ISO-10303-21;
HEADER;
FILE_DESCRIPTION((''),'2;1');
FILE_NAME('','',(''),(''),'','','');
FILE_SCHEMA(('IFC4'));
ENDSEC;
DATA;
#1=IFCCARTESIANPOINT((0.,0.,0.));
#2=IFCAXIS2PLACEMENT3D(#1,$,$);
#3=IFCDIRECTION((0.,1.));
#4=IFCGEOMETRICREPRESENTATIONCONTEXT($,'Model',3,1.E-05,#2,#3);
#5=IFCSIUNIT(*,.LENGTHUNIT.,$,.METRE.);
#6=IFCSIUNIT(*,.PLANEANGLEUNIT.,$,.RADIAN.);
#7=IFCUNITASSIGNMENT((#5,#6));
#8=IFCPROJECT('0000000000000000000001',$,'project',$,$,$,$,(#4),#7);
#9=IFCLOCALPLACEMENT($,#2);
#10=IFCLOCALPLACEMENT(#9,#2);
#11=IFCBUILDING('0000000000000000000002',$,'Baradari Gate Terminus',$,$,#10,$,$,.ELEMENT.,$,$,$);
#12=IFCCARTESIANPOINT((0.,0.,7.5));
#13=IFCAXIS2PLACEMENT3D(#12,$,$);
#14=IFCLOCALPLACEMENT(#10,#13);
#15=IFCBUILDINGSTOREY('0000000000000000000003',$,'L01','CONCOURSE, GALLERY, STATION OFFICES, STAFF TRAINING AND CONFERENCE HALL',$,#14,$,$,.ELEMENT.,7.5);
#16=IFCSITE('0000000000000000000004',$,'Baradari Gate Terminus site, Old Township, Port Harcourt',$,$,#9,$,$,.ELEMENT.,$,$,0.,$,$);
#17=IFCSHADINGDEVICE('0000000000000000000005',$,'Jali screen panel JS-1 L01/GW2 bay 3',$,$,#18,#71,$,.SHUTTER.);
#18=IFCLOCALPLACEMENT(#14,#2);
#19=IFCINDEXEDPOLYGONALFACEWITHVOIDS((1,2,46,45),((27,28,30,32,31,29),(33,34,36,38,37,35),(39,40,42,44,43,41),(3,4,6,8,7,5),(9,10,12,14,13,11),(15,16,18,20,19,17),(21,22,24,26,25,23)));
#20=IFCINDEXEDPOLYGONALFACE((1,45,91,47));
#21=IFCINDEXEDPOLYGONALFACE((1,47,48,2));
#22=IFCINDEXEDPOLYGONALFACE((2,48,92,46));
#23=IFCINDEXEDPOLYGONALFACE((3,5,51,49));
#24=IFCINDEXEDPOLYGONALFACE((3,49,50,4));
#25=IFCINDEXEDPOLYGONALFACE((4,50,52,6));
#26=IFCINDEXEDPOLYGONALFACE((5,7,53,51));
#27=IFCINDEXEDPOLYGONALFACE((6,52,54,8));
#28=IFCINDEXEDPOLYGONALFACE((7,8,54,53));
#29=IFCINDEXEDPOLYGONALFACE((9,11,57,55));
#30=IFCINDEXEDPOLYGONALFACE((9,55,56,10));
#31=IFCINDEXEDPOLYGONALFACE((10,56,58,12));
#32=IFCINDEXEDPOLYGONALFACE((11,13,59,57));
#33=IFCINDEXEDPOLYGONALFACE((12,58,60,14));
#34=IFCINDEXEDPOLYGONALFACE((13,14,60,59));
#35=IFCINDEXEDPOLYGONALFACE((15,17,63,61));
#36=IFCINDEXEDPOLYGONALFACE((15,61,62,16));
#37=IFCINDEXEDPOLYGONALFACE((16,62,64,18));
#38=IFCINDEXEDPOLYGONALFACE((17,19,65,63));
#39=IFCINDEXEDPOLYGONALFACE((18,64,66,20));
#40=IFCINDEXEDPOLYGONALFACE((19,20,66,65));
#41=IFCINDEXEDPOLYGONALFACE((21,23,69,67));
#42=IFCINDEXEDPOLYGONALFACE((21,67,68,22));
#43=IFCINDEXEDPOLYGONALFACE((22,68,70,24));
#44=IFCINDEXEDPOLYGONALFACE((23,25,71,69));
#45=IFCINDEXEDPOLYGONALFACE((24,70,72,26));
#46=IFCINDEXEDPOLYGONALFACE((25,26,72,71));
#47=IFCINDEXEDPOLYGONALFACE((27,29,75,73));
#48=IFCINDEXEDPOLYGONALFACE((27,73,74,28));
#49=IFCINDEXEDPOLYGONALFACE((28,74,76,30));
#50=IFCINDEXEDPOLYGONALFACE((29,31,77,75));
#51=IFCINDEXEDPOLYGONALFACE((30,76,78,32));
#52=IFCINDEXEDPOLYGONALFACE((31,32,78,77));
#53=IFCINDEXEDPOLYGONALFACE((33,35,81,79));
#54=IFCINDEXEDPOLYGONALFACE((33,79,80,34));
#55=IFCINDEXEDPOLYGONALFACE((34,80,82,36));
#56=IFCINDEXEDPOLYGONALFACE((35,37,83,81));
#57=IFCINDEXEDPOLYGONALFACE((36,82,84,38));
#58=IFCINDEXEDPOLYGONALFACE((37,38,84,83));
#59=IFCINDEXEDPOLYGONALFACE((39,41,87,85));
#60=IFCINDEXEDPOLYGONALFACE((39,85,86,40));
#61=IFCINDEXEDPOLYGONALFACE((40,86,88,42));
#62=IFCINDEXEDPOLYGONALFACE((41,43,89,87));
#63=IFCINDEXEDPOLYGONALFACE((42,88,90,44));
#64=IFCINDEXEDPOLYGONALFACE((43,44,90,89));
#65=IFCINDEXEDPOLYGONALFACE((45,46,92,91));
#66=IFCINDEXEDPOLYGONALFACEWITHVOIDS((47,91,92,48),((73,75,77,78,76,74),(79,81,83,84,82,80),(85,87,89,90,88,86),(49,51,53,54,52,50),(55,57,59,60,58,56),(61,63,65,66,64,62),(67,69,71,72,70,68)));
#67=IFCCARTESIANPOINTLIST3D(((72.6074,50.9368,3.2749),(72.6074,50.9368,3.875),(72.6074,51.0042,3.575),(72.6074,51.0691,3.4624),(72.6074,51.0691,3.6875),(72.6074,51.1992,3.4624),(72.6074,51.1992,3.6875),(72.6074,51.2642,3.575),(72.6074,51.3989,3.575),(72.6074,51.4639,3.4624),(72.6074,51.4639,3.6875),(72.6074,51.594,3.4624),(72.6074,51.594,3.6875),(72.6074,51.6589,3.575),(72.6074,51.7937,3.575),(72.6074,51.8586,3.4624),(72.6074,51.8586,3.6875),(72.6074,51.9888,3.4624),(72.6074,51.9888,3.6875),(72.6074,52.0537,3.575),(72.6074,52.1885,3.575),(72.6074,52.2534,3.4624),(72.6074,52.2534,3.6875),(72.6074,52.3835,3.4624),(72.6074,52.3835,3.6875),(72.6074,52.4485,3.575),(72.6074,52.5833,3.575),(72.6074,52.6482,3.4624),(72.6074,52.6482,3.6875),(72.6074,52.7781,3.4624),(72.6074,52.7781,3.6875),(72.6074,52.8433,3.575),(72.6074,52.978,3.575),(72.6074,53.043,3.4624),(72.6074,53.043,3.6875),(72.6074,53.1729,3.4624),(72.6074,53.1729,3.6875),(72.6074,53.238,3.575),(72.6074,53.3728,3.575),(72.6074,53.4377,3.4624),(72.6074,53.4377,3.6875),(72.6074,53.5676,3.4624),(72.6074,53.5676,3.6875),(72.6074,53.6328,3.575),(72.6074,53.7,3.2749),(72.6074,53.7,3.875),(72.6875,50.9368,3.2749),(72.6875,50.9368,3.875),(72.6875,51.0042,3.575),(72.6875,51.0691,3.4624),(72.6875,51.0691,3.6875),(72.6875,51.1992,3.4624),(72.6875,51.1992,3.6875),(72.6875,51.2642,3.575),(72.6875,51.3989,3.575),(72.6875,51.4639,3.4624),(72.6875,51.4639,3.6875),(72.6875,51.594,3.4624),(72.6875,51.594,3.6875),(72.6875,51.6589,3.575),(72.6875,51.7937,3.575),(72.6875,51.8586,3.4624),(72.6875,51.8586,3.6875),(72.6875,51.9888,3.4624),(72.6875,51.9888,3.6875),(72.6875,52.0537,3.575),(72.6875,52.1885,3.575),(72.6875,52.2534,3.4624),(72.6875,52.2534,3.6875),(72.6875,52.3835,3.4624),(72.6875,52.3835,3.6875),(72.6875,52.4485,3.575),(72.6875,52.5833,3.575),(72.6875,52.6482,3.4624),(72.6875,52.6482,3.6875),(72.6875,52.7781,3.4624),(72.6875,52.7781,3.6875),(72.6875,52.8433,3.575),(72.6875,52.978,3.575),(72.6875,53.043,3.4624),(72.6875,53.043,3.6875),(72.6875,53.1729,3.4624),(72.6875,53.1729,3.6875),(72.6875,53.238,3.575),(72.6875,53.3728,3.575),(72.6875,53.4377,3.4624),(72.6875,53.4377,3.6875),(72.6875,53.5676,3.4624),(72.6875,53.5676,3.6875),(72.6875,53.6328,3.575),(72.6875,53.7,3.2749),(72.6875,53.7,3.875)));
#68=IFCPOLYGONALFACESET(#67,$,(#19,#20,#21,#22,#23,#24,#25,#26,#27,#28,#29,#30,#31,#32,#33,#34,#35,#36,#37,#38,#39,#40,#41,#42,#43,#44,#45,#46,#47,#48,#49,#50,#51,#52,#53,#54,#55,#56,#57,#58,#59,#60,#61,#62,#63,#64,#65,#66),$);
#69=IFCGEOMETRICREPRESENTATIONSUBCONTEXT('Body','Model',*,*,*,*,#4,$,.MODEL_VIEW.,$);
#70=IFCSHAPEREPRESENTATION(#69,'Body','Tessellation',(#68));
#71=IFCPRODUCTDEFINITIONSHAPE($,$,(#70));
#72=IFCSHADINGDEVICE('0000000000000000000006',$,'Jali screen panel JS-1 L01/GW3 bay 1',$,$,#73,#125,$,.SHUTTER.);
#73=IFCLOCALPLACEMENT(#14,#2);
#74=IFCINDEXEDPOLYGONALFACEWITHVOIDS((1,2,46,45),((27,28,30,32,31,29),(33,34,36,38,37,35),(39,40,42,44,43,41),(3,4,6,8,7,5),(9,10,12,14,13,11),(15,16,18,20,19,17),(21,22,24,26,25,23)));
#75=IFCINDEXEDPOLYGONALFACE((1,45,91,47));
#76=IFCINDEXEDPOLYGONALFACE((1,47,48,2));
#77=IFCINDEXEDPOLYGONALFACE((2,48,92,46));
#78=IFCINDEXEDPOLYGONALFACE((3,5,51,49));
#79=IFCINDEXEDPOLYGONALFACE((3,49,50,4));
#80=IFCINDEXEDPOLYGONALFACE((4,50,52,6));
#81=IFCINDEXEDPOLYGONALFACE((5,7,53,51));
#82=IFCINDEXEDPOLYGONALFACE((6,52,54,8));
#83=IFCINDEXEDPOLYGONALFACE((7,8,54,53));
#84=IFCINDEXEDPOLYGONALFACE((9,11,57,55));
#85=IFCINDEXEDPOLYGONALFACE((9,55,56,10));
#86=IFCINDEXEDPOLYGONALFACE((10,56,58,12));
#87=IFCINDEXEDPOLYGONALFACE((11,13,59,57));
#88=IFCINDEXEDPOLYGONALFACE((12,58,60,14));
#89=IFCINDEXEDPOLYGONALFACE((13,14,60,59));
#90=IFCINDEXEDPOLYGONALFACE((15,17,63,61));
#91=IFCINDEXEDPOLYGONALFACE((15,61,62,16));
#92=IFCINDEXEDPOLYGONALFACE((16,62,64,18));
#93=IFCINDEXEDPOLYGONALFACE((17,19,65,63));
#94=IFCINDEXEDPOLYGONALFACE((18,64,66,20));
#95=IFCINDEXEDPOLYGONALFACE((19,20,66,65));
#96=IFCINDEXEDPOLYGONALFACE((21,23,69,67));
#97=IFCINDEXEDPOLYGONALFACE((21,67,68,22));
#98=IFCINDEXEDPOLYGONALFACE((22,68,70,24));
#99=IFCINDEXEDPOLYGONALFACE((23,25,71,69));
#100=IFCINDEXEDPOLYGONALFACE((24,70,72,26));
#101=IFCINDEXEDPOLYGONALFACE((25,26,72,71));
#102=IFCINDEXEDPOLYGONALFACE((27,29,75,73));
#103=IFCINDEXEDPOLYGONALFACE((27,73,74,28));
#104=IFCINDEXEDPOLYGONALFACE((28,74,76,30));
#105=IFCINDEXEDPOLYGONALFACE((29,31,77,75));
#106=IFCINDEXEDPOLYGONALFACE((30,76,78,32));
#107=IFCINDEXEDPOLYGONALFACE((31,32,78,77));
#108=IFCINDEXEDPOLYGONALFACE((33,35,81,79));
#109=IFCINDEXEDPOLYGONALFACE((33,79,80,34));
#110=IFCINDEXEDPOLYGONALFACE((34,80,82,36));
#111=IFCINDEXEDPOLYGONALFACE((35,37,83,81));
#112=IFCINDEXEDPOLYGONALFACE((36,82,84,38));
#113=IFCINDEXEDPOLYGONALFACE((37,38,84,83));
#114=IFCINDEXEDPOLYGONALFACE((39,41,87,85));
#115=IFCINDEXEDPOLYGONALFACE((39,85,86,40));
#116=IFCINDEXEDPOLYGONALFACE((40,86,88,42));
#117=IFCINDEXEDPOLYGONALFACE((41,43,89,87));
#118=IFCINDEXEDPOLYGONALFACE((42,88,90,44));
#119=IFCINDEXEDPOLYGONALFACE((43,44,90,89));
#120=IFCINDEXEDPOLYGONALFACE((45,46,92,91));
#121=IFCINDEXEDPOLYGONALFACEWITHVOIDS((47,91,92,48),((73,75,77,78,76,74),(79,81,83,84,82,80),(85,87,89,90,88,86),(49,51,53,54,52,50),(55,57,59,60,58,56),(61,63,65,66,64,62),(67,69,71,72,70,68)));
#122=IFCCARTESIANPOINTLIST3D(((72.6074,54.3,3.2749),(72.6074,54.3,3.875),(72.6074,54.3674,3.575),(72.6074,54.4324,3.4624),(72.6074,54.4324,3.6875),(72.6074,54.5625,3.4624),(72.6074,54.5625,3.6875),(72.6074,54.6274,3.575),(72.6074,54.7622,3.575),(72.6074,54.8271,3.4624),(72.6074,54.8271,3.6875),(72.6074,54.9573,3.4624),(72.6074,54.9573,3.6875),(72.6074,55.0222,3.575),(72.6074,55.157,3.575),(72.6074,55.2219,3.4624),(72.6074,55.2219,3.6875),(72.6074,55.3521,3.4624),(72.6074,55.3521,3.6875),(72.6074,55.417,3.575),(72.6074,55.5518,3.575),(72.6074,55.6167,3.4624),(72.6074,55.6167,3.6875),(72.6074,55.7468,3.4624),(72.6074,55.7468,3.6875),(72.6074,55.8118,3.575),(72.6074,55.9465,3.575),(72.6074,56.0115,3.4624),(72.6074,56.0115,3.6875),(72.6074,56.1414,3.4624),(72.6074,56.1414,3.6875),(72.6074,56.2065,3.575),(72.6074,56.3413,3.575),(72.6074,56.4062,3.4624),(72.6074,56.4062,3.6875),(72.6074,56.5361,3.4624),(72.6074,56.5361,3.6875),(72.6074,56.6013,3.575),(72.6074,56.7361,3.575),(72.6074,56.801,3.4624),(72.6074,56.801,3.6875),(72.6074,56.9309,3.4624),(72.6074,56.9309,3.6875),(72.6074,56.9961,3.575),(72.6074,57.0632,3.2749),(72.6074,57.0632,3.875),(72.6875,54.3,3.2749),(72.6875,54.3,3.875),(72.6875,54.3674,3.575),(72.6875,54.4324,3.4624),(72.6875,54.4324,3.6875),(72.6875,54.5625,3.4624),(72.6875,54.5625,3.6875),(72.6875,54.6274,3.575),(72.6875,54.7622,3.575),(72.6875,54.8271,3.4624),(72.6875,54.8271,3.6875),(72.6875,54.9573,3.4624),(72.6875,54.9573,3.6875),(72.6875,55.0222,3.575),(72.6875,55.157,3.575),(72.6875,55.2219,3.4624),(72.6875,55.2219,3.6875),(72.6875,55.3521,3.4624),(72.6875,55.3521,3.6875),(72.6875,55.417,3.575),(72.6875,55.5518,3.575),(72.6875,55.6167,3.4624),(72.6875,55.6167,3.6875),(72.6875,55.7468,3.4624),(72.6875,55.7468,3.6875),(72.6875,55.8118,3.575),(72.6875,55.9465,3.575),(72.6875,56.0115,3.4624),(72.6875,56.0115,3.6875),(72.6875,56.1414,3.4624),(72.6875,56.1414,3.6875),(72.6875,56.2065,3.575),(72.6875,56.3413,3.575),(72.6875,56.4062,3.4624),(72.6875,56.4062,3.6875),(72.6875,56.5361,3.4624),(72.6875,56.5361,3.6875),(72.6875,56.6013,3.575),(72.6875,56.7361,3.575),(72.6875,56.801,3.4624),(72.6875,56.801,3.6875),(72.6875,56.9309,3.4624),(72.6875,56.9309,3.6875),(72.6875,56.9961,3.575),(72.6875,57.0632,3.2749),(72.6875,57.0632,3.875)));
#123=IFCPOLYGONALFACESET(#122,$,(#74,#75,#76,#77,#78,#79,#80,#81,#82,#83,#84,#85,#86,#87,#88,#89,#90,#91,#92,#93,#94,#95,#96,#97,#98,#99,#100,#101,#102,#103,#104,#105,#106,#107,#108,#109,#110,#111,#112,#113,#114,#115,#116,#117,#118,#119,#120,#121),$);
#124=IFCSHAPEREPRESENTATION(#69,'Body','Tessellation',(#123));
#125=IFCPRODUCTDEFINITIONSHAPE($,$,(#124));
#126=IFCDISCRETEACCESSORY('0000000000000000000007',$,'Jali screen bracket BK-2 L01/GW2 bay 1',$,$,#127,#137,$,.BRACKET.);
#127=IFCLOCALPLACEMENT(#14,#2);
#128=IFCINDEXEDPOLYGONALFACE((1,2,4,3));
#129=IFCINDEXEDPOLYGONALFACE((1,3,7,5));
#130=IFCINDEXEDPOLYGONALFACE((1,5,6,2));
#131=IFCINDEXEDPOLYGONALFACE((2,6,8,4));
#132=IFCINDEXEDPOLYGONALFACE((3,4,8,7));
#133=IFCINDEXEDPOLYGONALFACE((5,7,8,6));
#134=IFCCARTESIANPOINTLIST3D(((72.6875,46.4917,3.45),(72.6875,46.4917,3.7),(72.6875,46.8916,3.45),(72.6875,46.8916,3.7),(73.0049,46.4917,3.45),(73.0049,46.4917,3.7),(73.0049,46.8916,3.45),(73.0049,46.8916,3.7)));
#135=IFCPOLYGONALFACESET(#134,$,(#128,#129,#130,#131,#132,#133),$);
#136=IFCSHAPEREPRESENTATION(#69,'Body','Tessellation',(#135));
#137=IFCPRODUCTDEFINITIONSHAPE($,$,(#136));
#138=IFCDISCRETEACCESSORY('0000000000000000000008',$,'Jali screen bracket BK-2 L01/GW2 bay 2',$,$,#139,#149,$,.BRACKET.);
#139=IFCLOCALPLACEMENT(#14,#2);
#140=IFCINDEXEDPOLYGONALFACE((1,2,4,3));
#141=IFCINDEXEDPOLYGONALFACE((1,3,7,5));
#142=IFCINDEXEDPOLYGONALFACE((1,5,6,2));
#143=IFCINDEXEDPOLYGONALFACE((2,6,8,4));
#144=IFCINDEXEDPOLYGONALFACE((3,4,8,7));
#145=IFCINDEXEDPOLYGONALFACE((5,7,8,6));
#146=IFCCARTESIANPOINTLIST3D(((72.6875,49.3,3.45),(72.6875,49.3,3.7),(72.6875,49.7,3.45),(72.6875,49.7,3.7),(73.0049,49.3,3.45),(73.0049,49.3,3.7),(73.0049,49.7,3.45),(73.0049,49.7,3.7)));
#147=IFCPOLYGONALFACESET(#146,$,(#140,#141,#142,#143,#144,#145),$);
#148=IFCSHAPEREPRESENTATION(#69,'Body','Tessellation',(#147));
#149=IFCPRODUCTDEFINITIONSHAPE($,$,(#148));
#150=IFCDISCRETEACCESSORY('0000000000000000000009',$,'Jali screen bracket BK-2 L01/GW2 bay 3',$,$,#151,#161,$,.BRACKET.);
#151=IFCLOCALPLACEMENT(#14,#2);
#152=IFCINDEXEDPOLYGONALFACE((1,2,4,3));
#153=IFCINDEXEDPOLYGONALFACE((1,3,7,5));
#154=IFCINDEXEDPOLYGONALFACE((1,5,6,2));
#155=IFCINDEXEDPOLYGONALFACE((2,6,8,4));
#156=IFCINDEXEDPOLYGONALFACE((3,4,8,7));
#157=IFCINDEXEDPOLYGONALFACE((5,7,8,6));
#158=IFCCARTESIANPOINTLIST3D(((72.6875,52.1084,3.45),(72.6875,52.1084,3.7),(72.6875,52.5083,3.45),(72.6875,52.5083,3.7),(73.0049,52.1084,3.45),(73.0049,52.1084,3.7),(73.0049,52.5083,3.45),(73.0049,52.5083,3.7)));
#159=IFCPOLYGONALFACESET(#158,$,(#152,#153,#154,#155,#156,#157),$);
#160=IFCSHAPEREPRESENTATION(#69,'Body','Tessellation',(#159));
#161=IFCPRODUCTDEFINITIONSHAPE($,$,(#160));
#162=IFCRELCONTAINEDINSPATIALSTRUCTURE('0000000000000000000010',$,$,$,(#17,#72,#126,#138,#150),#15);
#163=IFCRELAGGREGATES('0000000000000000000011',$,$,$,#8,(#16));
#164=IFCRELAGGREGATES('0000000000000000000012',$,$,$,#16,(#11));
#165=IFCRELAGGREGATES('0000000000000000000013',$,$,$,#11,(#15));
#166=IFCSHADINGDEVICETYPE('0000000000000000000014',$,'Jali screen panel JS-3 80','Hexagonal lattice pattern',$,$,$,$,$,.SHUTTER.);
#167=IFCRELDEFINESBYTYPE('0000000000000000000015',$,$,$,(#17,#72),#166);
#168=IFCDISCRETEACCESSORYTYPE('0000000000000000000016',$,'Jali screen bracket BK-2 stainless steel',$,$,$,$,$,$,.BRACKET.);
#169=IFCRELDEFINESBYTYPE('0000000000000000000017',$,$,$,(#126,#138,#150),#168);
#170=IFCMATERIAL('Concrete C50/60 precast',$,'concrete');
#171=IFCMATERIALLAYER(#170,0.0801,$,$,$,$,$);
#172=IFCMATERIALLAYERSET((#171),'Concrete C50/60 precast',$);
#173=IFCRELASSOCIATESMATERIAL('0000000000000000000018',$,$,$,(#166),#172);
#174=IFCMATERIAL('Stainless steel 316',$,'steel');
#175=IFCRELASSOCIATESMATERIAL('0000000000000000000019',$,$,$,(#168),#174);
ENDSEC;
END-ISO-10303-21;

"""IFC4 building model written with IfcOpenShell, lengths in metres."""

from ifc_helpers import new_model, si_unit, direction, frame, origin, origin_2d, place, context, subcontext, project, spatial, polyline, rectangle, outline, extrude, material, layer, layer_set, type_object, element, save


model = new_model("IFC4")

# Units and contexts
model_context = context("Model", 3, precision=1e-05, world=origin(), true_north=direction((0.0, 1.0)))
body_context = subcontext(model_context, "Body", "Model", "MODEL_VIEW")
ifc_project = project(units=[si_unit("LENGTHUNIT", "METRE"), si_unit("PLANEANGLEUNIT", "RADIAN")], contexts=[model_context])

# Site, building, storey
site_placement = place(None, origin())
site = spatial("IfcSite", under=ifc_project, at=site_placement, Name="Baradari Gate Terminus site, Old Township, Port Harcourt", CompositionType="ELEMENT", RefElevation=0.0)
building_placement = place(site_placement, origin())
building = spatial("IfcBuilding", under=site, at=building_placement, Name="Baradari Gate Terminus", CompositionType="ELEMENT")
storey_placement = place(building_placement, frame((0.0, 0.0, 7.5)))
storey = spatial("IfcBuildingStorey", under=building, at=storey_placement, Name="L01", Description="CONCOURSE, GALLERY, STATION OFFICES, STAFF TRAINING AND CONFERENCE HALL", CompositionType="ELEMENT", Elevation=7.5)

# Shading devices
ifc_material_1 = material(Name="Concrete C50/60 precast", Category="concrete")
ifc_layer_1 = layer(ifc_material_1, 0.0801)
ifc_layer_set_1 = layer_set([ifc_layer_1], Name="Concrete C50/60 precast")
shading_device_type = type_object("IfcShadingDeviceType", Name="Jali screen panel JS-3 80", Description="Hexagonal lattice pattern", PredefinedType="SHUTTER", material=ifc_layer_set_1)
shading_device_1_placement = place(storey_placement, frame((72.6475, 50.9368, 3.2749), z_axis=(0.0, 0.0, 1.0), x_axis=(0.0, 1.0, 0.0)))
element("IfcShadingDevice", 1, at=shading_device_1_placement, inside=storey, type_object=shading_device_type, Name="Jali screen panel JS-1 L01/GW2 bay 3", PredefinedType="SHUTTER", context=body_context, shape_type="SweptSolid", body=[
    extrude(outline(polyline([(0.0, 0.0), (2.7632, 0.0), (2.7632, 0.6001), (0.0, 0.6001), (0.0, 0.0)]), holes=[polyline([(0.3274, 0.3), (0.2625, 0.1875), (0.1323, 0.1875), (0.0674, 0.3), (0.1323, 0.4126), (0.2625, 0.4126), (0.3274, 0.3)]), polyline([(0.7222, 0.3), (0.6572, 0.1875), (0.5271, 0.1875), (0.4622, 0.3), (0.5271, 0.4126), (0.6572, 0.4126), (0.7222, 0.3)]), polyline([(1.1169, 0.3), (1.052, 0.1875), (0.9219, 0.1875), (0.8569, 0.3), (0.9219, 0.4126), (1.052, 0.4126), (1.1169, 0.3)]), polyline([(1.5117, 0.3), (1.4468, 0.1875), (1.3167, 0.1875), (1.2517, 0.3), (1.3167, 0.4126), (1.4468, 0.4126), (1.5117, 0.3)]), polyline([(1.9065, 0.3), (1.8413, 0.1875), (1.7114, 0.1875), (1.6465, 0.3), (1.7114, 0.4126), (1.8413, 0.4126), (1.9065, 0.3)]), polyline([(2.3013, 0.3), (2.2361, 0.1875), (2.1062, 0.1875), (2.0413, 0.3), (2.1062, 0.4126), (2.2361, 0.4126), (2.3013, 0.3)]), polyline([(2.696, 0.3), (2.6309, 0.1875), (2.501, 0.1875), (2.436, 0.3), (2.501, 0.4126), (2.6309, 0.4126), (2.696, 0.3)])]), frame((0.0, 0.04, 0.0), z_axis=(0.0, -1.0, 0.0), x_axis=(1.0, 0.0, 0.0)), (0.0, 0.0, 1.0), 0.0801),
])
shading_device_2_placement = place(storey_placement, frame((72.6475, 54.3, 3.2749), z_axis=(0.0, 0.0, 1.0), x_axis=(0.0, 1.0, 0.0)))
element("IfcShadingDevice", 2, at=shading_device_2_placement, inside=storey, type_object=shading_device_type, Name="Jali screen panel JS-1 L01/GW3 bay 1", PredefinedType="SHUTTER", context=body_context, shape_type="SweptSolid", body=[
    extrude(outline(polyline([(0.0, 0.0), (2.7632, 0.0), (2.7632, 0.6001), (0.0, 0.6001), (0.0, 0.0)]), holes=[polyline([(0.3274, 0.3), (0.2625, 0.1875), (0.1323, 0.1875), (0.0674, 0.3), (0.1323, 0.4126), (0.2625, 0.4126), (0.3274, 0.3)]), polyline([(0.7222, 0.3), (0.6572, 0.1875), (0.5271, 0.1875), (0.4622, 0.3), (0.5271, 0.4126), (0.6572, 0.4126), (0.7222, 0.3)]), polyline([(1.1169, 0.3), (1.052, 0.1875), (0.9219, 0.1875), (0.8569, 0.3), (0.9219, 0.4126), (1.052, 0.4126), (1.1169, 0.3)]), polyline([(1.5117, 0.3), (1.4468, 0.1875), (1.3167, 0.1875), (1.2517, 0.3), (1.3167, 0.4126), (1.4468, 0.4126), (1.5117, 0.3)]), polyline([(1.9065, 0.3), (1.8413, 0.1875), (1.7114, 0.1875), (1.6465, 0.3), (1.7114, 0.4126), (1.8413, 0.4126), (1.9065, 0.3)]), polyline([(2.3013, 0.3), (2.2361, 0.1875), (2.1062, 0.1875), (2.0413, 0.3), (2.1062, 0.4126), (2.2361, 0.4126), (2.3013, 0.3)]), polyline([(2.696, 0.3), (2.6309, 0.1875), (2.501, 0.1875), (2.436, 0.3), (2.501, 0.4126), (2.6309, 0.4126), (2.696, 0.3)])]), frame((0.0, 0.04, 0.0), z_axis=(0.0, -1.0, 0.0), x_axis=(1.0, 0.0, 0.0)), (0.0, 0.0, 1.0), 0.0801),
])

# Discrete accessories
ifc_material_2 = material(Name="Stainless steel 316", Category="steel")
discrete_accessory_type = type_object("IfcDiscreteAccessoryType", Name="Jali screen bracket BK-2 stainless steel", PredefinedType="BRACKET", material=ifc_material_2)
for number, where, z_axis, x_axis, name in (
    (3, (72.8462, 46.6917, 3.45), (0.0, 0.0, 1.0), (-1.0, 0.0, 0.0), "Jali screen bracket BK-2 L01/GW2 bay 1"),
    (4, (72.8462, 49.5, 3.45), (0.0, 0.0, 1.0), (-1.0, 0.0, 0.0), "Jali screen bracket BK-2 L01/GW2 bay 2"),
    (5, (72.8462, 52.3083, 3.45), (0.0, 0.0, 1.0), (-1.0, 0.0, 0.0), "Jali screen bracket BK-2 L01/GW2 bay 3"),
):
    element("IfcDiscreteAccessory", number, at=place(storey_placement, frame(where, z_axis=z_axis, x_axis=x_axis)), inside=storey, type_object=discrete_accessory_type, Name=name, PredefinedType="BRACKET", context=body_context, shape_type="SweptSolid", body=[
        extrude(rectangle(XDim=0.3174, YDim=0.3999, at=origin_2d()), origin(), (0.0, 0.0, 1.0), 0.25),
    ])

save(model, "model.ifc")
